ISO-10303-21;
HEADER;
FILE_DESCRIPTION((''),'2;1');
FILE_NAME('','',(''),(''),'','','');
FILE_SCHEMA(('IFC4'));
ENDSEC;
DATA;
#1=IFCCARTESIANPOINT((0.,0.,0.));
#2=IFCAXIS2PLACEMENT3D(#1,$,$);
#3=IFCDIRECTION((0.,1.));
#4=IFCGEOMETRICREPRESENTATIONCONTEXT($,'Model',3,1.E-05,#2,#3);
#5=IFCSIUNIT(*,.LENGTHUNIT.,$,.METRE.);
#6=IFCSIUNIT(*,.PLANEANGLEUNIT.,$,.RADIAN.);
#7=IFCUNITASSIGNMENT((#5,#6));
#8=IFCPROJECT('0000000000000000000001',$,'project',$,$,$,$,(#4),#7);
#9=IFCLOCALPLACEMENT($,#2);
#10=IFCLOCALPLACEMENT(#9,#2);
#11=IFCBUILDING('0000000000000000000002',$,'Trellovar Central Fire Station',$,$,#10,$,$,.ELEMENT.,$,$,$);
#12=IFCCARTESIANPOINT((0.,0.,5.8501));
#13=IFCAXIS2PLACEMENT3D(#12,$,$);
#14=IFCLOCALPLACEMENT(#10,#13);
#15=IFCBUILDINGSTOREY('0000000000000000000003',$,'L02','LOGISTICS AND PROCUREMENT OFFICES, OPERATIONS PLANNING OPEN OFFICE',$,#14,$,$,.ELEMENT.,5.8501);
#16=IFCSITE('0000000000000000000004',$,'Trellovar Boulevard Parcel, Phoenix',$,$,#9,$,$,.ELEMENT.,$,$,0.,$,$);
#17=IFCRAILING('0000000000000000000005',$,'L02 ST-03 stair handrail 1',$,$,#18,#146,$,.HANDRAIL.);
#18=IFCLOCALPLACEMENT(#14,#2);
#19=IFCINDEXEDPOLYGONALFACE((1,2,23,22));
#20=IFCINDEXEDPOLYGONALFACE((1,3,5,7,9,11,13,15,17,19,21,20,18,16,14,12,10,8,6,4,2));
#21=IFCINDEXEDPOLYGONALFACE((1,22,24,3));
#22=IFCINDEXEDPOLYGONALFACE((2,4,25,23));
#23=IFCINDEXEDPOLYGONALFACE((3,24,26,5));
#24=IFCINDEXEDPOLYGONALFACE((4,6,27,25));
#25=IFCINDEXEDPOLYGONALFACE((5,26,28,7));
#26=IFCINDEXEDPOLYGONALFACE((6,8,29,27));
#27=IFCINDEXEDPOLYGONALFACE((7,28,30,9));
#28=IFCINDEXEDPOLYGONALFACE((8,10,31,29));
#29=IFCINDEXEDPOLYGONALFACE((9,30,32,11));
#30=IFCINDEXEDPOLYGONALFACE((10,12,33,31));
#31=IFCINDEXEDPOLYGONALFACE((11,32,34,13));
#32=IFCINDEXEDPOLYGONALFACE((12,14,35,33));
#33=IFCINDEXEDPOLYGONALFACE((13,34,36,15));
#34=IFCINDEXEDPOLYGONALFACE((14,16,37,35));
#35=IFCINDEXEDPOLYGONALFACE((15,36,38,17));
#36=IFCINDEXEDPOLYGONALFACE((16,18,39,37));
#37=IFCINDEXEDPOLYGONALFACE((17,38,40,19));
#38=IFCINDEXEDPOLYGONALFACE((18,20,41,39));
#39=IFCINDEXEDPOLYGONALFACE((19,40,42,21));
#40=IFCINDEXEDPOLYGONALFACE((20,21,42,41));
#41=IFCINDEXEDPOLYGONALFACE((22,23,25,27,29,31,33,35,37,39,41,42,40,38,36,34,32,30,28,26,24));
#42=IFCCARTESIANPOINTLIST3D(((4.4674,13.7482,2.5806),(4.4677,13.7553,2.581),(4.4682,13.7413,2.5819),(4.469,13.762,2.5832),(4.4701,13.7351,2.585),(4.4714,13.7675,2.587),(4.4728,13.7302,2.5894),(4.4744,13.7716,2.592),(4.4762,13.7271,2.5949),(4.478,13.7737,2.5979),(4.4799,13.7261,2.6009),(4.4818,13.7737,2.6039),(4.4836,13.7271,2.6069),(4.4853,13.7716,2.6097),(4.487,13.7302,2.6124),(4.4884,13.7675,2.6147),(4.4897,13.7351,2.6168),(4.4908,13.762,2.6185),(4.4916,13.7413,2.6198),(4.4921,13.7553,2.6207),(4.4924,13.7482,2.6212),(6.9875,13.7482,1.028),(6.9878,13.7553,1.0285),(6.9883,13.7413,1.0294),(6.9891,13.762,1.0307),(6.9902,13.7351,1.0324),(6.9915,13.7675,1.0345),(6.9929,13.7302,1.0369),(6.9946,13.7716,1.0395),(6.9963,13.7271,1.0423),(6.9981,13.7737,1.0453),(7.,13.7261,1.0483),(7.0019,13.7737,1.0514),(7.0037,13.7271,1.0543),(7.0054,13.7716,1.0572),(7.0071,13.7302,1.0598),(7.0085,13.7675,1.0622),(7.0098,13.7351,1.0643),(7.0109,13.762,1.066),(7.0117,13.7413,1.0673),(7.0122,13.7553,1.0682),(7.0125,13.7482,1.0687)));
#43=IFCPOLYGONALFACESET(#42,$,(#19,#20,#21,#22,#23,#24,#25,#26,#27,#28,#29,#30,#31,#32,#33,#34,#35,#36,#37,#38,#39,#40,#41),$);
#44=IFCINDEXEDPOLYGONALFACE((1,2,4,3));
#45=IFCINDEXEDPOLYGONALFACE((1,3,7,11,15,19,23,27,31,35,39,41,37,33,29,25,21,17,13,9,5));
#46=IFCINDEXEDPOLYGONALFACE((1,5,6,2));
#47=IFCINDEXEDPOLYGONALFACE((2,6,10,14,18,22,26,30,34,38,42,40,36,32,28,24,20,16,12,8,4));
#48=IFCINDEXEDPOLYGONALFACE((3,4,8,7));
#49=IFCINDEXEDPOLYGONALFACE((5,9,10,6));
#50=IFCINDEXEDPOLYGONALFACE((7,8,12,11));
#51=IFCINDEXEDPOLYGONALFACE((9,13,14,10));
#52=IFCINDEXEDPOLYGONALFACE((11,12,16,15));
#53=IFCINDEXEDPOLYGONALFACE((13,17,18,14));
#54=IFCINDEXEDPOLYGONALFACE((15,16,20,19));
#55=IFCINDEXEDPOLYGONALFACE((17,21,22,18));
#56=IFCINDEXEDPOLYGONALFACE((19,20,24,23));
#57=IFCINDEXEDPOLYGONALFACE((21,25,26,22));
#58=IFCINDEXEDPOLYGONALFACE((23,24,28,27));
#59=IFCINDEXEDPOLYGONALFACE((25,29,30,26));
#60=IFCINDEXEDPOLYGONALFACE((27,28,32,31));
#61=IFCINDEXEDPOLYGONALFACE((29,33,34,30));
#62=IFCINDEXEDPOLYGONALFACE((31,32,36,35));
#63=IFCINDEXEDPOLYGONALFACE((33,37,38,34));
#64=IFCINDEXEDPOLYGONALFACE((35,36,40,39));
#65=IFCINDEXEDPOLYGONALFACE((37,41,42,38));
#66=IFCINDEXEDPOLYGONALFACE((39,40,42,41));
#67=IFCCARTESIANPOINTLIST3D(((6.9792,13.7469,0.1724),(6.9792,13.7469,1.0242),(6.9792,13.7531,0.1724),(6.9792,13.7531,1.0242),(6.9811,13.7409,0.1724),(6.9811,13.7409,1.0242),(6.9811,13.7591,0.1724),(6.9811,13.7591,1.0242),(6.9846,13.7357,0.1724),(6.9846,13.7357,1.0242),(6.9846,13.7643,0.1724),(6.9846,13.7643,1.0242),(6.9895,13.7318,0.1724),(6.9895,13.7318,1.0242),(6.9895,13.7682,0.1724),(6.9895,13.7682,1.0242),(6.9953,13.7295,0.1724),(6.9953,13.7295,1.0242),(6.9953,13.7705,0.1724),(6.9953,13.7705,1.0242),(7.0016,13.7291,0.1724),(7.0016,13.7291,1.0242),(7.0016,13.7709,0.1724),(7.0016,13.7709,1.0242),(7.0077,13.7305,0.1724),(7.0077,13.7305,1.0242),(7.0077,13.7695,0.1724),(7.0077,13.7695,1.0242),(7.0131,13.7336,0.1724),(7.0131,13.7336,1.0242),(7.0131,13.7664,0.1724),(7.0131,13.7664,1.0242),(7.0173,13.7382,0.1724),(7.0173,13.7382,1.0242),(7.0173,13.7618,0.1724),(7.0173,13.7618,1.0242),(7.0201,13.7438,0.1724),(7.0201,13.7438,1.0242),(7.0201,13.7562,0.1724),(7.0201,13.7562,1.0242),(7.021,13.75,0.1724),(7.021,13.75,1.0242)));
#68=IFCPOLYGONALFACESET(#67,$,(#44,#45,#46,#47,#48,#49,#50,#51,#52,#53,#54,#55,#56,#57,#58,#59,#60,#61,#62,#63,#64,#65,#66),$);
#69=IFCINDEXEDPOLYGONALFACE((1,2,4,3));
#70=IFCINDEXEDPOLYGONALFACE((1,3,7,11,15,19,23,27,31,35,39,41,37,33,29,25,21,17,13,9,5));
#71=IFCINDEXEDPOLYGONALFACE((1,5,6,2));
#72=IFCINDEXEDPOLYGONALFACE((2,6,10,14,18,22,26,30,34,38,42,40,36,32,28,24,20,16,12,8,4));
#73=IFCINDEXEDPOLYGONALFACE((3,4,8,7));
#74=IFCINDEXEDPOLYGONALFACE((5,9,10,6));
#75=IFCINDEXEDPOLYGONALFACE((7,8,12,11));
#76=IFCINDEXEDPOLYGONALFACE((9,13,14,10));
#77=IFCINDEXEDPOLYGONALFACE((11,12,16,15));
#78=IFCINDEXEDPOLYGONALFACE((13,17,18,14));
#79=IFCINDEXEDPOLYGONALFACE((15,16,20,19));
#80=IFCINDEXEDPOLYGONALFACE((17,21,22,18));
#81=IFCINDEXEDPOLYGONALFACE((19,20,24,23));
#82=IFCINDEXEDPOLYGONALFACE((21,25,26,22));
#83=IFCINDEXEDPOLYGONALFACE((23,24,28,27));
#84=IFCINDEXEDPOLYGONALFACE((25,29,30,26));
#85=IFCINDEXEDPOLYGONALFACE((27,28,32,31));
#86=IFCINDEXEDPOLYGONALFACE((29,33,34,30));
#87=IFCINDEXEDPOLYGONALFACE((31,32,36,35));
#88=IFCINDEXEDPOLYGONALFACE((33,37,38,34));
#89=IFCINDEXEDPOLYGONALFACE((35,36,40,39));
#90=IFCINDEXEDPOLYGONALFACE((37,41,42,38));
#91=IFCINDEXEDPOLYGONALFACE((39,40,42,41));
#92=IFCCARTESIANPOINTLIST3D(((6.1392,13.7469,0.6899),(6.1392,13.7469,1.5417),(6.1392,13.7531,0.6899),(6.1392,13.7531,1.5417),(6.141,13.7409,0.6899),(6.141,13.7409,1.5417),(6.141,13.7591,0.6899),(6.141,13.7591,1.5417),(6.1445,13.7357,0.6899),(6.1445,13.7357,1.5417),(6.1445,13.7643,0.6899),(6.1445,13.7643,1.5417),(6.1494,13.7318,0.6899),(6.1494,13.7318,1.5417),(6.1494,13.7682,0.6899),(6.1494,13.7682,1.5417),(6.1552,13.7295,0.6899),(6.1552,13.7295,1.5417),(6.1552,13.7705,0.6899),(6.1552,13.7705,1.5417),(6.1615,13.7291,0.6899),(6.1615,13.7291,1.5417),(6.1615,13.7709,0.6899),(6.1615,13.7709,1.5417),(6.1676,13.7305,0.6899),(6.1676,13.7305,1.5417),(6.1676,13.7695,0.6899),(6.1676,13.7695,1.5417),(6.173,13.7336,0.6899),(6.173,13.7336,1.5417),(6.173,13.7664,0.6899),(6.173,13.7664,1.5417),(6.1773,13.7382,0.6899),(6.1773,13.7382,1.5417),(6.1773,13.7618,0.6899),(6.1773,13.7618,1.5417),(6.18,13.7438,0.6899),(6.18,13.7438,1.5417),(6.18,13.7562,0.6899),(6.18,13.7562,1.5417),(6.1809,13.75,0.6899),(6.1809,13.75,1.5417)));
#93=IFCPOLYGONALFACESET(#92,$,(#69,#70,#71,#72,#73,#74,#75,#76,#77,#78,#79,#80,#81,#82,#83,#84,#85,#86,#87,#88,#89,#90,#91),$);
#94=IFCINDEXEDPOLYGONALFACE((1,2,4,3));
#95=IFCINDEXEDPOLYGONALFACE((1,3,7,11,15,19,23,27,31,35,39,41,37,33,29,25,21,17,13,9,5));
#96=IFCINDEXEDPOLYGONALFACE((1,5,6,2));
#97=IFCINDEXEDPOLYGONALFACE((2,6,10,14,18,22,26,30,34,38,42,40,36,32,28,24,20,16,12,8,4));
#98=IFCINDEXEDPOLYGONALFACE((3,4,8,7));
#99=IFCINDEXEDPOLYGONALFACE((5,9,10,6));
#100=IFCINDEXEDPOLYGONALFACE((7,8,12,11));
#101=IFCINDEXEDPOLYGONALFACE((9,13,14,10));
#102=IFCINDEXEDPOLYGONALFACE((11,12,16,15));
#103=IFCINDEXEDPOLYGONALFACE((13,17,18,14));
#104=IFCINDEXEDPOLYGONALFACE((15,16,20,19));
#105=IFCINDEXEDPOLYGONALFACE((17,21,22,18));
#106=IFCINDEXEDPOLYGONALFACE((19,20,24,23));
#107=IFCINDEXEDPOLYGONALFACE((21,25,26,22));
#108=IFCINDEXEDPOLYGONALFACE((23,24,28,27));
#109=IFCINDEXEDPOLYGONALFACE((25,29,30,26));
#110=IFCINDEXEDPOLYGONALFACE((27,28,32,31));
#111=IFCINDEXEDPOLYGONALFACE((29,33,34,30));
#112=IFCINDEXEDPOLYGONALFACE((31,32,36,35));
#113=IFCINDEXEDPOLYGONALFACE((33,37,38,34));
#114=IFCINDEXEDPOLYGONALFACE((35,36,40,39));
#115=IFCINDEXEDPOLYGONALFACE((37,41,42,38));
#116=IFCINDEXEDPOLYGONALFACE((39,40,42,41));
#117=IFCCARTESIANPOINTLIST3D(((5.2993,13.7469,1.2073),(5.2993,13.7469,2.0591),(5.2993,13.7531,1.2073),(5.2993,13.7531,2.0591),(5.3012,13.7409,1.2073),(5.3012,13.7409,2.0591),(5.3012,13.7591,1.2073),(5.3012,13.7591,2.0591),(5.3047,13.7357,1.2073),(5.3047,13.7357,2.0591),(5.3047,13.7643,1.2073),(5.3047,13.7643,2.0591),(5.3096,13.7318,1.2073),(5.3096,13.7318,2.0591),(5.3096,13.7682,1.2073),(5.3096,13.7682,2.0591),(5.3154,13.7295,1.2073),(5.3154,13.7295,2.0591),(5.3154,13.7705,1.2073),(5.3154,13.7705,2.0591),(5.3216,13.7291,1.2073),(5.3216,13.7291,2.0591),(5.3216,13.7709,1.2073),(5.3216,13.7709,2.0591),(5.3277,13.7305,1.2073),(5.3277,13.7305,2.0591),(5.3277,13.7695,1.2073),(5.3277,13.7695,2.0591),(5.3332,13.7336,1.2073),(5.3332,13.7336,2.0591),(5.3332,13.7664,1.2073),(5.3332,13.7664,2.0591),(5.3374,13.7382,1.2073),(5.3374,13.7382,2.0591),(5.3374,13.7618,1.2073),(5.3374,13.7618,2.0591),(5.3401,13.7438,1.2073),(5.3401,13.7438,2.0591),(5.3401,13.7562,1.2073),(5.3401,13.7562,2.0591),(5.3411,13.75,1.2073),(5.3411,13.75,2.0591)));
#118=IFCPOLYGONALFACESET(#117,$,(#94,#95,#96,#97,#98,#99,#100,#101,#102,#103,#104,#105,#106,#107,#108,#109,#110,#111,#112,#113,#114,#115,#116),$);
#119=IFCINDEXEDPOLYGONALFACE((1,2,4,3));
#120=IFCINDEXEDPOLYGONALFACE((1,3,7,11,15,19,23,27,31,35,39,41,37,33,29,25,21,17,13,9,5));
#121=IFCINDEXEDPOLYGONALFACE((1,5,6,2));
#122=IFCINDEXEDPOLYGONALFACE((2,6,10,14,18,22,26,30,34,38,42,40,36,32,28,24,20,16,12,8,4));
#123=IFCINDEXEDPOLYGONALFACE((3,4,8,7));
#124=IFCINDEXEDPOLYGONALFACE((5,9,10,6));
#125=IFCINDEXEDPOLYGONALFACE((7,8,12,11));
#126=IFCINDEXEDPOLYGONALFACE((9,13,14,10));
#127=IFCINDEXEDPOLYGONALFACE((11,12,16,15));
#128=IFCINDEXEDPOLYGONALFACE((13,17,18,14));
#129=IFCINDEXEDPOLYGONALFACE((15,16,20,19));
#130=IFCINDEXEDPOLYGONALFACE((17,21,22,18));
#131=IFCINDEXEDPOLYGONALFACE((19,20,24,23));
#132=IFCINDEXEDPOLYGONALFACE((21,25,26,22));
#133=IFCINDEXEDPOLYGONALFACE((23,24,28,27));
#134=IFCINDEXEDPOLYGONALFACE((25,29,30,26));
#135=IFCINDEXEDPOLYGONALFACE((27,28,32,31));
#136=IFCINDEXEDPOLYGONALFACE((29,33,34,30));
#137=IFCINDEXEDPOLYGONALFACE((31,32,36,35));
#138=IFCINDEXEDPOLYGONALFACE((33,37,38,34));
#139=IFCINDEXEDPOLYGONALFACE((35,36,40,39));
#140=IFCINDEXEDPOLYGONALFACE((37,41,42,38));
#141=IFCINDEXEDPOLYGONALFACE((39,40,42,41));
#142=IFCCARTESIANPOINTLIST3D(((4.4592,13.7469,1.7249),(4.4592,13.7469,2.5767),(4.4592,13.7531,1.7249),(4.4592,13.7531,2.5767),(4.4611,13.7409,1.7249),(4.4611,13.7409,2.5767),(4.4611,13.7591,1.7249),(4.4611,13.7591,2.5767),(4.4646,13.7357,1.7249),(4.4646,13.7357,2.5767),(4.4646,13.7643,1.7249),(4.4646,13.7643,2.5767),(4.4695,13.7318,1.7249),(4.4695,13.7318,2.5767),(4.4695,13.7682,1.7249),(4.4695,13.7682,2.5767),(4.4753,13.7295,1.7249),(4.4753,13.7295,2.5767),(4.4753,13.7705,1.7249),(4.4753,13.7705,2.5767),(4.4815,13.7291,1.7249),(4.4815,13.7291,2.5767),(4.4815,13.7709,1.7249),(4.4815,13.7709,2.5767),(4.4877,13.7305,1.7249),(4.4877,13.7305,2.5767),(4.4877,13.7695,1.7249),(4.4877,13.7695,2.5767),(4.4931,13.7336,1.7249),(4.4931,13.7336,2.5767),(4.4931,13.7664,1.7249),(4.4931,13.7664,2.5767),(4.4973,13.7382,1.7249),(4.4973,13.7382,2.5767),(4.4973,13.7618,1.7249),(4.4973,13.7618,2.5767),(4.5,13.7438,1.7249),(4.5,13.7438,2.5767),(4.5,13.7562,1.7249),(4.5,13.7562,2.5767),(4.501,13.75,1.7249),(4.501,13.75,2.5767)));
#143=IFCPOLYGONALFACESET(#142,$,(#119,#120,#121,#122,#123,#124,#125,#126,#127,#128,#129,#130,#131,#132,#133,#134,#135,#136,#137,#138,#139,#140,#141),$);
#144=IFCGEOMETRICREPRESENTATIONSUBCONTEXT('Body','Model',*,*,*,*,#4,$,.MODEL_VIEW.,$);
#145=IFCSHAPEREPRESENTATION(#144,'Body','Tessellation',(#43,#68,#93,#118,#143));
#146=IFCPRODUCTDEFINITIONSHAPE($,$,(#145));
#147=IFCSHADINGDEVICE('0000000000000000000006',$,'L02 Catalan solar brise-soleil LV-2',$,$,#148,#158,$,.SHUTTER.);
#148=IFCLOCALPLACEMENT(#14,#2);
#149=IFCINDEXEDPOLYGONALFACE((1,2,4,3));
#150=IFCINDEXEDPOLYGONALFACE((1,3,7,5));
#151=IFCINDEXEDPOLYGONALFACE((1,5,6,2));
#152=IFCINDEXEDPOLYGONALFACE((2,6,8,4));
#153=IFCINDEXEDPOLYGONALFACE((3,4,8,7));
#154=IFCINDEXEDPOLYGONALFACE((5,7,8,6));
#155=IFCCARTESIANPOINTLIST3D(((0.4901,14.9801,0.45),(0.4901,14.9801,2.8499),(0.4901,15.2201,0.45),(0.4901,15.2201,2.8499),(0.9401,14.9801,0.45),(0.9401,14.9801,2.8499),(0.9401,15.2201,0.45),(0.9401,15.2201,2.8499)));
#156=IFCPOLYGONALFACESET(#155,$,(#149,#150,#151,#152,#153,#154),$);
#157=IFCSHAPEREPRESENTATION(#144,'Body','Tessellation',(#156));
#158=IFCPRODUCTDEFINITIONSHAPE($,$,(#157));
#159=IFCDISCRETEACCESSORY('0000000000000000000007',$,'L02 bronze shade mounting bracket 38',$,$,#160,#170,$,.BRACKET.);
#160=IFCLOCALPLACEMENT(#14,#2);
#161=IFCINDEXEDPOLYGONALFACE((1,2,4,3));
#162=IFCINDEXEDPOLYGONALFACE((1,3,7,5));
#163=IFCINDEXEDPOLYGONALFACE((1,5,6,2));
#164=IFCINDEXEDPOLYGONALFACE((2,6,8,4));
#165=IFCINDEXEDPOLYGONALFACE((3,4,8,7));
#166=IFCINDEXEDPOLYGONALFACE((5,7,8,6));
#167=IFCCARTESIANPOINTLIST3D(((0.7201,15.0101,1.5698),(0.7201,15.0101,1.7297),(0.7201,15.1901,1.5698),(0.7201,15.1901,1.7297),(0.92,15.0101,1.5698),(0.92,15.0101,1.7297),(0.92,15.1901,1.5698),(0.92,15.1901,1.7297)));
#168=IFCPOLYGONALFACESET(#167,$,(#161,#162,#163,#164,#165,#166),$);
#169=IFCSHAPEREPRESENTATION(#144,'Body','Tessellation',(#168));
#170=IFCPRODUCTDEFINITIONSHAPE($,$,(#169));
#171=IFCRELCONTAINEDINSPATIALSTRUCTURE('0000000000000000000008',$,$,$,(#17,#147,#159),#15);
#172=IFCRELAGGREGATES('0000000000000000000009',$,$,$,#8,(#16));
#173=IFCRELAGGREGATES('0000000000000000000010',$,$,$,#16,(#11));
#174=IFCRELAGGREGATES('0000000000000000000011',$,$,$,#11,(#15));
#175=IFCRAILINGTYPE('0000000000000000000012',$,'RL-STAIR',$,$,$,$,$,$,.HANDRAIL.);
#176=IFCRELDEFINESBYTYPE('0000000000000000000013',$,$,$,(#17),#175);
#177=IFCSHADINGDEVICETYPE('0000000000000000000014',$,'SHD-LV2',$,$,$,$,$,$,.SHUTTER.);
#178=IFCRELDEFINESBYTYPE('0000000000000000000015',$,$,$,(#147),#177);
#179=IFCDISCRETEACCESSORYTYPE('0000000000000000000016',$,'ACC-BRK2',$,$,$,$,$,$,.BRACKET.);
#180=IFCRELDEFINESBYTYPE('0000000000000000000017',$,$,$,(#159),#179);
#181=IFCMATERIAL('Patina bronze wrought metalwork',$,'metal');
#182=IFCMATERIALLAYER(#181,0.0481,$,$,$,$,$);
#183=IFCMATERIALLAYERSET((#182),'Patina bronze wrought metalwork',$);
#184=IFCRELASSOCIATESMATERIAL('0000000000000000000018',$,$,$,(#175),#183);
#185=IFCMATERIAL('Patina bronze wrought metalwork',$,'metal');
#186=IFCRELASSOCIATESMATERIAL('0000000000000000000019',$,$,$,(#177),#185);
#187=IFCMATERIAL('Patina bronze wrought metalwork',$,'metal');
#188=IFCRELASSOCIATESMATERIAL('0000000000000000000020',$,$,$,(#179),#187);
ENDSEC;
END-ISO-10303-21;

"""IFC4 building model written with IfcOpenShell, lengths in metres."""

from ifc_helpers import new_model, si_unit, direction, frame, origin, origin_2d, place, context, subcontext, project, spatial, rectangle, circle, extrude, material, layer, layer_set, type_object, element, save


model = new_model("IFC4")

# Units and contexts
model_context = context("Model", 3, precision=1e-05, world=origin(), true_north=direction((0.0, 1.0)))
body_context = subcontext(model_context, "Body", "Model", "MODEL_VIEW")
ifc_project = project(units=[si_unit("LENGTHUNIT", "METRE"), si_unit("PLANEANGLEUNIT", "RADIAN")], contexts=[model_context])

# Site, building, storey
site_placement = place(None, origin())
site = spatial("IfcSite", under=ifc_project, at=site_placement, Name="Trellovar Boulevard Parcel, Phoenix", CompositionType="ELEMENT", RefElevation=0.0)
building_placement = place(site_placement, origin())
building = spatial("IfcBuilding", under=site, at=building_placement, Name="Trellovar Central Fire Station", CompositionType="ELEMENT")
storey_placement = place(building_placement, frame((0.0, 0.0, 5.8501)))
storey = spatial("IfcBuildingStorey", under=building, at=storey_placement, Name="L02", Description="LOGISTICS AND PROCUREMENT OFFICES, OPERATIONS PLANNING OPEN OFFICE", CompositionType="ELEMENT", Elevation=5.8501)

# Railing
ifc_material_1 = material(Name="Patina bronze wrought metalwork", Category="metal")
ifc_layer_1 = layer(ifc_material_1, 0.0481)
ifc_layer_set_1 = layer_set([ifc_layer_1], Name="Patina bronze wrought metalwork")
railing_type = type_object("IfcRailingType", Name="RL-STAIR", PredefinedType="HANDRAIL", material=ifc_layer_set_1)
railing_placement = place(storey_placement, frame((7.0, 13.75, 0.1724)))
element("IfcRailing", 1, at=railing_placement, inside=storey, type_object=railing_type, Name="L02 ST-03 stair handrail 1", PredefinedType="HANDRAIL", context=body_context, shape_type="SweptSolid", body=[
    extrude(circle(Radius=0.0239, at=origin_2d()), frame((0.0, 0.0, 0.876), z_axis=(-0.8514, 0.0, 0.524516), x_axis=(0.0, -1.0, 0.0)), (0.0, 0.0, 1.0), 2.96),
    extrude(circle(Radius=0.021, at=origin_2d()), origin(), (0.0, 0.0, 1.0), 0.8518),
    extrude(circle(Radius=0.021, at=origin_2d()), frame((-0.8401, 0.0, 0.5176)), (0.0, 0.0, 1.0), 0.8518),
    extrude(circle(Radius=0.021, at=origin_2d()), frame((-1.6799, 0.0, 1.0349)), (0.0, 0.0, 1.0), 0.8518),
    extrude(circle(Radius=0.021, at=origin_2d()), frame((-2.52, 0.0, 1.5525)), (0.0, 0.0, 1.0), 0.8518),
])

# Shading device
ifc_material_2 = material(Name="Patina bronze wrought metalwork", Category="metal")
shading_device_type = type_object("IfcShadingDeviceType", Name="SHD-LV2", PredefinedType="SHUTTER", material=ifc_material_2)
shading_device_placement = place(storey_placement, frame((0.7151, 15.1001, 0.45), z_axis=(0.0, 0.0, 1.0), x_axis=(1.0, 0.0, 0.0)))
element("IfcShadingDevice", 2, at=shading_device_placement, inside=storey, type_object=shading_device_type, Name="L02 Catalan solar brise-soleil LV-2", PredefinedType="SHUTTER", context=body_context, shape_type="SweptSolid", body=[
    extrude(rectangle(XDim=0.45, YDim=0.24, at=origin_2d()), origin(), (0.0, 0.0, 1.0), 2.3999),
])

# Discrete accessory
ifc_material_3 = material(Name="Patina bronze wrought metalwork", Category="metal")
discrete_accessory_type = type_object("IfcDiscreteAccessoryType", Name="ACC-BRK2", PredefinedType="BRACKET", material=ifc_material_3)
discrete_accessory_placement = place(storey_placement, frame((0.8201, 15.1001, 1.5698), z_axis=(0.0, 0.0, 1.0), x_axis=(1.0, 0.0, 0.0)))
element("IfcDiscreteAccessory", 3, at=discrete_accessory_placement, inside=storey, type_object=discrete_accessory_type, Name="L02 bronze shade mounting bracket 38", PredefinedType="BRACKET", context=body_context, shape_type="SweptSolid", body=[
    extrude(rectangle(XDim=0.2, YDim=0.1799, at=origin_2d()), origin(), (0.0, 0.0, 1.0), 0.1599),
])

save(model, "model.ifc")
